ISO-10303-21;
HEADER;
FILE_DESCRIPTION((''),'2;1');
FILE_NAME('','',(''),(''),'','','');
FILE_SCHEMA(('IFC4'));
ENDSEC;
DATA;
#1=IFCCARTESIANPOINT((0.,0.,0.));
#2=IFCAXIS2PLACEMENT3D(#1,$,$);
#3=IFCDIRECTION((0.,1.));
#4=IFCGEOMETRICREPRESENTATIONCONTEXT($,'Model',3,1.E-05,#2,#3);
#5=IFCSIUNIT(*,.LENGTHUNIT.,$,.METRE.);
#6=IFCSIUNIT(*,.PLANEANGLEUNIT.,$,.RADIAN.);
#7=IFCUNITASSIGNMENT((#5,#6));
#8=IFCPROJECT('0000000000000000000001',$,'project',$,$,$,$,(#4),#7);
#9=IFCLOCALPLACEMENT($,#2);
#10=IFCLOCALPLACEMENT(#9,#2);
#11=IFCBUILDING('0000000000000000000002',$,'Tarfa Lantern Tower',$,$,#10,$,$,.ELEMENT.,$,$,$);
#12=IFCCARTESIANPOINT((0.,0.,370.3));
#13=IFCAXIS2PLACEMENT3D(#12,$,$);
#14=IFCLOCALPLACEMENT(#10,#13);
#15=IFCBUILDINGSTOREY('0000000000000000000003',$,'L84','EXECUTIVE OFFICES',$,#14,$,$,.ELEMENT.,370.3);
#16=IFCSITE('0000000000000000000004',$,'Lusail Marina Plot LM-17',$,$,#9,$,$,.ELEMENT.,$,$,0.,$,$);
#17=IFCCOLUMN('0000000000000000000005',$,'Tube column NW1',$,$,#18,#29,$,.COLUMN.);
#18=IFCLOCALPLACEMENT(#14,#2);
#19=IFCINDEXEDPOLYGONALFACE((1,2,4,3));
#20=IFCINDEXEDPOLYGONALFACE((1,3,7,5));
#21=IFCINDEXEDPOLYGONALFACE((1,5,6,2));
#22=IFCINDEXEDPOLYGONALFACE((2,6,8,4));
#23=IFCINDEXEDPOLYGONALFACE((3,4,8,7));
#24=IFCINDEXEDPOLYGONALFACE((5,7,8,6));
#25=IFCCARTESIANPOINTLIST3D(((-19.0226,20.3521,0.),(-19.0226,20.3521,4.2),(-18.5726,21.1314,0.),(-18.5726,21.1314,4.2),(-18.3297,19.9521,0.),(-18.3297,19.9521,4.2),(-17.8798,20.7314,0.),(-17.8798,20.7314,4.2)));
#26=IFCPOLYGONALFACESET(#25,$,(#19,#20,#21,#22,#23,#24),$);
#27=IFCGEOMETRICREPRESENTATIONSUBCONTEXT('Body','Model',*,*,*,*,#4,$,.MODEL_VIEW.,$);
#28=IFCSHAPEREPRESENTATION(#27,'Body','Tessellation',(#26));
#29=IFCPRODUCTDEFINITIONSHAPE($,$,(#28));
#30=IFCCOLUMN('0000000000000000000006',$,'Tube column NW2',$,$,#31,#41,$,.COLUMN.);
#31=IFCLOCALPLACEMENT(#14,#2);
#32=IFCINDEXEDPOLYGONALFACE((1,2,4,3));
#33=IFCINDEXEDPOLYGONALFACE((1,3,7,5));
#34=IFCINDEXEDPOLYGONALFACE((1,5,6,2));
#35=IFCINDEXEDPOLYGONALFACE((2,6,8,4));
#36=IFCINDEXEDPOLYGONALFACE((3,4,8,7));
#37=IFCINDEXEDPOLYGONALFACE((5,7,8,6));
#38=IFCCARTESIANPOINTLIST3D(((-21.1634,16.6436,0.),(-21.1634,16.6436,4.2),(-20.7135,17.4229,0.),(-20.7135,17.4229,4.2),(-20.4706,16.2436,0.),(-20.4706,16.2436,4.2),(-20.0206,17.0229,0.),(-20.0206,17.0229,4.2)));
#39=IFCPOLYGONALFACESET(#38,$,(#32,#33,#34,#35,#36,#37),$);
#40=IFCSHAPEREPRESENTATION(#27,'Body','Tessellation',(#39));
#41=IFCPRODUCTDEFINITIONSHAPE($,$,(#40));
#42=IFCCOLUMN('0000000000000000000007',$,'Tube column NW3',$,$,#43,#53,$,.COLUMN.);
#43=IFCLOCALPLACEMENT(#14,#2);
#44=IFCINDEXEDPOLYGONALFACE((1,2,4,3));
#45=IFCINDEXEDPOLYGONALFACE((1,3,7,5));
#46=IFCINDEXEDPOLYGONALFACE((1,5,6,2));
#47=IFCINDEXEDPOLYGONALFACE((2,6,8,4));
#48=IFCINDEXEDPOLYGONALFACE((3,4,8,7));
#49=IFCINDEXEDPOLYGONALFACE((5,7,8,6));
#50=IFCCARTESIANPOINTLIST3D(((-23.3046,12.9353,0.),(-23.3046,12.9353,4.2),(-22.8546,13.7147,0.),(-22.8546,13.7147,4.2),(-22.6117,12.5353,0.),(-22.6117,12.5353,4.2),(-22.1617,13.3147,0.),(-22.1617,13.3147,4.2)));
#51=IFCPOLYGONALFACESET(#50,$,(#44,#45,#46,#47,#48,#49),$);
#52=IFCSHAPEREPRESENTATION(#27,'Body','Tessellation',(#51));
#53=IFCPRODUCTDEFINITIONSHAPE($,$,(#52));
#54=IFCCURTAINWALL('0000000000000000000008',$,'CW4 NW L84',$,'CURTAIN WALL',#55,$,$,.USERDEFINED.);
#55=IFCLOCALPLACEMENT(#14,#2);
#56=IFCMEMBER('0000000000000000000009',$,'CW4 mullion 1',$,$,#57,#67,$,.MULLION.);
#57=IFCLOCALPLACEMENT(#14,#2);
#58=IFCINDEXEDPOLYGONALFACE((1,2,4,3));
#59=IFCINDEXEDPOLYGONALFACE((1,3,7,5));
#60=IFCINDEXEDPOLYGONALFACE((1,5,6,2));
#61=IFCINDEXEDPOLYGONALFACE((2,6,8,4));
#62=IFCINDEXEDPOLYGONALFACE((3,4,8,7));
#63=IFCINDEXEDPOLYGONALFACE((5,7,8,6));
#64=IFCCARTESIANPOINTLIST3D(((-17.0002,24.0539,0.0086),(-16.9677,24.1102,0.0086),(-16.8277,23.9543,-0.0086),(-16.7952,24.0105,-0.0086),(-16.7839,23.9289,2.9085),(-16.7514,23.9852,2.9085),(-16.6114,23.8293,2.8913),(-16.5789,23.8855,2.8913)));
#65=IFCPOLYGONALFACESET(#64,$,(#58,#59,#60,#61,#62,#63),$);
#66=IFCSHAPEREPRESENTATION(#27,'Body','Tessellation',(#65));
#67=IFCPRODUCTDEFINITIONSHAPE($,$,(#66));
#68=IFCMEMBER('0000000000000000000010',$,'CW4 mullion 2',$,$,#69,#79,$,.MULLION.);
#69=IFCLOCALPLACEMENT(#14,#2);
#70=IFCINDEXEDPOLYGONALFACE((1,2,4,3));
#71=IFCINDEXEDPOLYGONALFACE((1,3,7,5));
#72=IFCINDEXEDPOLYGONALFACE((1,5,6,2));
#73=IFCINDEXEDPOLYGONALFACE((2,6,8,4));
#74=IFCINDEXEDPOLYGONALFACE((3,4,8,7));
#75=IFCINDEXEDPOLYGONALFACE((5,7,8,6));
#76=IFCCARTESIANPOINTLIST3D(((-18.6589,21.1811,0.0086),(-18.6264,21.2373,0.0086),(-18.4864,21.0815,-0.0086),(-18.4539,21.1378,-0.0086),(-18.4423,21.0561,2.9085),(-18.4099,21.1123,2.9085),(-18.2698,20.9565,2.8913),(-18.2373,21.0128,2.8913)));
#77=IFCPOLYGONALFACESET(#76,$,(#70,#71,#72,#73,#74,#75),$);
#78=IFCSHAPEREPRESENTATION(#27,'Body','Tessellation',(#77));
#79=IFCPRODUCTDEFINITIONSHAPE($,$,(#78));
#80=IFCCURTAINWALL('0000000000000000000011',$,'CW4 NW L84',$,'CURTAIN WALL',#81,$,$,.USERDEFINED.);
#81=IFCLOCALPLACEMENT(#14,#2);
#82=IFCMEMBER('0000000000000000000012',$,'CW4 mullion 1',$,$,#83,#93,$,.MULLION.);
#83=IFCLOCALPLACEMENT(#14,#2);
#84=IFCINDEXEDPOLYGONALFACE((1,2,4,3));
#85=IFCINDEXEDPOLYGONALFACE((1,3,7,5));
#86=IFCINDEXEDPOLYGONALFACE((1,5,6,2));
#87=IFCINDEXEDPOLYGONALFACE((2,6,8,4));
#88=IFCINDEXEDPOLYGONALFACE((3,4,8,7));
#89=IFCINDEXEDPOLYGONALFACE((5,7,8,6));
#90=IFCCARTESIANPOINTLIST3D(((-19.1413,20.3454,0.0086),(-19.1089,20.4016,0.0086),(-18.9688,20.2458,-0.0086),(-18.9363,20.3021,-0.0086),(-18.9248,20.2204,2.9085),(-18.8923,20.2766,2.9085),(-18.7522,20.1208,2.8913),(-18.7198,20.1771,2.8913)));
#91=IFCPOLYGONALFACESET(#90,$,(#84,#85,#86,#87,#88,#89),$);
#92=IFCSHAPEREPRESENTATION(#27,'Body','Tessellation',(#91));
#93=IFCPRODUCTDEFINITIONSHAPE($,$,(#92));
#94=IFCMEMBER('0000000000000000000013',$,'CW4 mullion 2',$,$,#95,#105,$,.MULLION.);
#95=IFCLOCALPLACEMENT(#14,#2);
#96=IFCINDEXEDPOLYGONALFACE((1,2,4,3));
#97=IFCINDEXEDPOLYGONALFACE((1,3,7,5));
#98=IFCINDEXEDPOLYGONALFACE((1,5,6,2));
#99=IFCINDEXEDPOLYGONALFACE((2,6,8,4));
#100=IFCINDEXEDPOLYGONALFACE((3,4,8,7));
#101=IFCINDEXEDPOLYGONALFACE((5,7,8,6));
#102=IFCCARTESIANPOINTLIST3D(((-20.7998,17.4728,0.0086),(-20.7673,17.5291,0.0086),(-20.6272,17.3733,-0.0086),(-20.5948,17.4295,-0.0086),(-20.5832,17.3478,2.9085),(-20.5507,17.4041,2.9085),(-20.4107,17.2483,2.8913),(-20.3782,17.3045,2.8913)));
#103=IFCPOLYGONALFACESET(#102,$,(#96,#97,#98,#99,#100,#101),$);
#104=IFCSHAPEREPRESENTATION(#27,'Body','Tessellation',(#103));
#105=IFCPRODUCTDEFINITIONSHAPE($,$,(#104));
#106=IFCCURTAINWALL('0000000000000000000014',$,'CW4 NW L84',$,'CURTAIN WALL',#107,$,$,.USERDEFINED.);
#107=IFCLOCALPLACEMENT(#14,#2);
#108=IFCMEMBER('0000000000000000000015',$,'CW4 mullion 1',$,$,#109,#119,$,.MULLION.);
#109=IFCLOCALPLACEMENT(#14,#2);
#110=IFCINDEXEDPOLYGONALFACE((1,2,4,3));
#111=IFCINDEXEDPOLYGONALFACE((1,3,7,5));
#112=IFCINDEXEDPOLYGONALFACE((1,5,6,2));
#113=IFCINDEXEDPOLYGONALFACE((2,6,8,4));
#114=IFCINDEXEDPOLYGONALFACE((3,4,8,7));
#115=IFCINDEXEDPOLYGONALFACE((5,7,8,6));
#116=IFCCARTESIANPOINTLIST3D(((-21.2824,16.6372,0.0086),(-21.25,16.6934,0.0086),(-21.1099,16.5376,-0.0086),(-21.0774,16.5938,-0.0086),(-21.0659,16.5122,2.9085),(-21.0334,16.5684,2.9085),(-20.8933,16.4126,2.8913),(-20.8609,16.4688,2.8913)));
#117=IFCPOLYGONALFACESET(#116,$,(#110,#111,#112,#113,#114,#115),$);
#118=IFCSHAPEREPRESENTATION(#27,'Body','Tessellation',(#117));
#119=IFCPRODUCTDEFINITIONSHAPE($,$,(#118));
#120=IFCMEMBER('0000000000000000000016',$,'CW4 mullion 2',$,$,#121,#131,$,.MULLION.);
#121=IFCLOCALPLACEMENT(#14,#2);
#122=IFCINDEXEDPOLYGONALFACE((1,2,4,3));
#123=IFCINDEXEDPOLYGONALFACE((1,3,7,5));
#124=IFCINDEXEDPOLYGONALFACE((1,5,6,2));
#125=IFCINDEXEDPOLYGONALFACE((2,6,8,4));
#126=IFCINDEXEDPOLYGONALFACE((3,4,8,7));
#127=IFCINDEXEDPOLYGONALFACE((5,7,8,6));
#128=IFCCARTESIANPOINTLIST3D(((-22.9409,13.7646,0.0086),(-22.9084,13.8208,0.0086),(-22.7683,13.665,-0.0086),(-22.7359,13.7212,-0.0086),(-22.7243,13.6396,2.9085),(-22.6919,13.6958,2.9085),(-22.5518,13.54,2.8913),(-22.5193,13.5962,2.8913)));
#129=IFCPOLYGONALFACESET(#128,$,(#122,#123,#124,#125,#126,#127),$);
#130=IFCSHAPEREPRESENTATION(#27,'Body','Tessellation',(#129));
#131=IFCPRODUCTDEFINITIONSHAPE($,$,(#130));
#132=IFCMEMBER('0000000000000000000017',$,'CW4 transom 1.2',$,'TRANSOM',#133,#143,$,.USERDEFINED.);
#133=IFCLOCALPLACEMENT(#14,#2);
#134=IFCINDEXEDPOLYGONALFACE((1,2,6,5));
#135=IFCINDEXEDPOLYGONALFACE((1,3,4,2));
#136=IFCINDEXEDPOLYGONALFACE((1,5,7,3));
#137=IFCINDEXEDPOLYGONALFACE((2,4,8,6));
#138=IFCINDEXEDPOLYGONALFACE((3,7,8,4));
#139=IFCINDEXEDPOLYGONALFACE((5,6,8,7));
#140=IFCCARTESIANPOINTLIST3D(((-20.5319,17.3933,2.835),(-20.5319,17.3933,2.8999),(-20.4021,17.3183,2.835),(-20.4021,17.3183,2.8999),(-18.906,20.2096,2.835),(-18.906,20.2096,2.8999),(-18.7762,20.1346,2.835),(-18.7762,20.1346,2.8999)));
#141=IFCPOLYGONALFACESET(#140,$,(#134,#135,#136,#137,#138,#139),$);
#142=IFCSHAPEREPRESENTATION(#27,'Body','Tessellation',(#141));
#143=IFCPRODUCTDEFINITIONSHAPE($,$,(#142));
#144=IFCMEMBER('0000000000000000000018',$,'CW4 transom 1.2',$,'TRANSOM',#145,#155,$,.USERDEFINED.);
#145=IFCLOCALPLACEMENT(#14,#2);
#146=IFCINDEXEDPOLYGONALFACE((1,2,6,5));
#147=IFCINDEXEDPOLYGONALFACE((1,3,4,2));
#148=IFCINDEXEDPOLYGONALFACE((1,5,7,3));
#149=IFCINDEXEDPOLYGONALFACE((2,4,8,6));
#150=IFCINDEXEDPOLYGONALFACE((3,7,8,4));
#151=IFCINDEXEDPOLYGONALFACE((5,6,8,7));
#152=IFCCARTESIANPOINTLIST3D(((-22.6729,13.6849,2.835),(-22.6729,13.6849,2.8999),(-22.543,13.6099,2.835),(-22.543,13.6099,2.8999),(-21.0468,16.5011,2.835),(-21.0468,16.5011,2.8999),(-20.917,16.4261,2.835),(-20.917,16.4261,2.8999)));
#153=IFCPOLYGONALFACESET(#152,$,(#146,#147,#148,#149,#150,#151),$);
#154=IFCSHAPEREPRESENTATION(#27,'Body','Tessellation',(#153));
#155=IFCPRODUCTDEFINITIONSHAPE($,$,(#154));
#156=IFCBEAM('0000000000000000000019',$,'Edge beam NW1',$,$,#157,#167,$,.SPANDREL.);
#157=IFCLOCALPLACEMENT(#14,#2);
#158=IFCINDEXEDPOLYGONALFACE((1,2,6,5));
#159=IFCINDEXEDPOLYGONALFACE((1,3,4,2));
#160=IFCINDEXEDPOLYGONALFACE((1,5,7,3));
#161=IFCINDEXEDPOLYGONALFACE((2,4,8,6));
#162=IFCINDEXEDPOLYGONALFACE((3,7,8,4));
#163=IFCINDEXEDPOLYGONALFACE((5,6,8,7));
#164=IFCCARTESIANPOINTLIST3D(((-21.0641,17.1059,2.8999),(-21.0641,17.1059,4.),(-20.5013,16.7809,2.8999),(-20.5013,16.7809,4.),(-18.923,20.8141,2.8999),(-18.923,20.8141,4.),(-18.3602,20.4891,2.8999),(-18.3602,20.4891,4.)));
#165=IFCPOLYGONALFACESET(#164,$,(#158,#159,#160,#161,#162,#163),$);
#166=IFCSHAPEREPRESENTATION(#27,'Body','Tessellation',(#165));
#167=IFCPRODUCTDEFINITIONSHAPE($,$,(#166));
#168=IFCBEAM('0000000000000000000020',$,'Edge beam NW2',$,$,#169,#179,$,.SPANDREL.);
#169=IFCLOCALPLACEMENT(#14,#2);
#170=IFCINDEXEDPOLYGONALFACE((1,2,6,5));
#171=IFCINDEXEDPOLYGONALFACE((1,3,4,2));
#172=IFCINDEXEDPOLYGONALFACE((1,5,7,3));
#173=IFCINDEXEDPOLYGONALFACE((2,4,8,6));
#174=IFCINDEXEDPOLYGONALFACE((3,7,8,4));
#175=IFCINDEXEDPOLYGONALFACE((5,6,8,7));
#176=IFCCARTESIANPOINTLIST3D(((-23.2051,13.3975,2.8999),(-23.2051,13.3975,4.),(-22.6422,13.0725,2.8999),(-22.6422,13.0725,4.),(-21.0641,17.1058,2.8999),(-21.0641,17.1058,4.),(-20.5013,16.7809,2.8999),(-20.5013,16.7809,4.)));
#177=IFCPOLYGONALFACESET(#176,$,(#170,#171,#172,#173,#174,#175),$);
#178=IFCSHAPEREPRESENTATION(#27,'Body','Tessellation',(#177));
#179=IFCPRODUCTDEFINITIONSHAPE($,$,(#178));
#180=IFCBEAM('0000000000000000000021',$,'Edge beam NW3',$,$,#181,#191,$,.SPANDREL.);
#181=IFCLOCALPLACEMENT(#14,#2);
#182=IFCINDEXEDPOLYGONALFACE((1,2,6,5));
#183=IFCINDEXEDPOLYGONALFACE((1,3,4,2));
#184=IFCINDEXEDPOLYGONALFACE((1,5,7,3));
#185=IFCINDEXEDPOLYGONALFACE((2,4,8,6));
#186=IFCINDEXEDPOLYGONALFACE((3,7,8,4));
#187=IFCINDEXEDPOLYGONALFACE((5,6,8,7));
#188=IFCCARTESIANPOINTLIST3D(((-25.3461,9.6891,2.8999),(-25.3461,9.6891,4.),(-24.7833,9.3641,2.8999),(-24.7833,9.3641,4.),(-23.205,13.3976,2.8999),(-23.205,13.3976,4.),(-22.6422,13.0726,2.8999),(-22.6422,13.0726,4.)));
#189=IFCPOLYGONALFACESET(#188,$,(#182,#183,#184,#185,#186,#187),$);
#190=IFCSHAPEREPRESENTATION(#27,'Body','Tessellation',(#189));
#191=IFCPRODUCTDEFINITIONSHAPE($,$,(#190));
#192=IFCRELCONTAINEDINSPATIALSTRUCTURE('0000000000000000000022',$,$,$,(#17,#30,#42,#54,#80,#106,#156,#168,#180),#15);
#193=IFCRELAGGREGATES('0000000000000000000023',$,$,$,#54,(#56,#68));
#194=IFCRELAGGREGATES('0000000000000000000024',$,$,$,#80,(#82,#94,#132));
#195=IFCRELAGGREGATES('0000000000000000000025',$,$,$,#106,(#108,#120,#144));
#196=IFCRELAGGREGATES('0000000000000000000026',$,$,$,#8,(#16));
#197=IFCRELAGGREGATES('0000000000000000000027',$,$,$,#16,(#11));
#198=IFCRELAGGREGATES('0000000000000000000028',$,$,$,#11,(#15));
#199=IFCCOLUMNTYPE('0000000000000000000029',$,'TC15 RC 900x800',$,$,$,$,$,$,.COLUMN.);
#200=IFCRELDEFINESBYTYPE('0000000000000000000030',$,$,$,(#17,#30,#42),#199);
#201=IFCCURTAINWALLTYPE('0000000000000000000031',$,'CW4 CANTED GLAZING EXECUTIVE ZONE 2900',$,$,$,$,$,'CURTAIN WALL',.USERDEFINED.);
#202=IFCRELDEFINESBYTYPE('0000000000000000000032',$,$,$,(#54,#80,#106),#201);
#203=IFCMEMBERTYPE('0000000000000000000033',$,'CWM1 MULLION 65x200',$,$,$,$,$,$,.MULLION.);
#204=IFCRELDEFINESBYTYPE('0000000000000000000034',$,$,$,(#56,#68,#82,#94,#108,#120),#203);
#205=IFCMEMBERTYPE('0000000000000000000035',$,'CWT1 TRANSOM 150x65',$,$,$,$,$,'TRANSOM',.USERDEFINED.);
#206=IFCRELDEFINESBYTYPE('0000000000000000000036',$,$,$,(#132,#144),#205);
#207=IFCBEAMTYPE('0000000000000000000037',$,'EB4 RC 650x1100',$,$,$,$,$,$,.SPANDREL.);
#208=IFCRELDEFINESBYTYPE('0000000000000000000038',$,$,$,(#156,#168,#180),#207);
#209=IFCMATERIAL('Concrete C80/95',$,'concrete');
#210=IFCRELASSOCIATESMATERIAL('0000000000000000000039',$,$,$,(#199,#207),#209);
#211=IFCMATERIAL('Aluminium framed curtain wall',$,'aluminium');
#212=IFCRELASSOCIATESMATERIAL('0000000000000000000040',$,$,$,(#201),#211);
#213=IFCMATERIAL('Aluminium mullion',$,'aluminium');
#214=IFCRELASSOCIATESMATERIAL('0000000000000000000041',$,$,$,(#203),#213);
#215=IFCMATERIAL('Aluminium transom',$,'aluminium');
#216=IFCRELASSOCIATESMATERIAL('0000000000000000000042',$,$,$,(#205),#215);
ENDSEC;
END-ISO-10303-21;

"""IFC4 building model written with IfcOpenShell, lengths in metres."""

from ifc_helpers import new_model, si_unit, direction, frame, origin, origin_2d, place, context, subcontext, project, spatial, rectangle, extrude, material, material_profile, profile_set, type_object, element, aggregate, save


model = new_model("IFC4")

# Units and contexts
model_context = context("Model", 3, precision=1e-05, world=origin(), true_north=direction((0.0, 1.0)))
body_context = subcontext(model_context, "Body", "Model", "MODEL_VIEW")
ifc_project = project(units=[si_unit("LENGTHUNIT", "METRE"), si_unit("PLANEANGLEUNIT", "RADIAN")], contexts=[model_context])

# Site, building, storey
site_placement = place(None, origin())
site = spatial("IfcSite", under=ifc_project, at=site_placement, Name="Lusail Marina Plot LM-17", CompositionType="ELEMENT", RefElevation=0.0)
building_placement = place(site_placement, origin())
building = spatial("IfcBuilding", under=site, at=building_placement, Name="Tarfa Lantern Tower", CompositionType="ELEMENT")
storey_placement = place(building_placement, frame((0.0, 0.0, 370.3)))
storey = spatial("IfcBuildingStorey", under=building, at=storey_placement, Name="L84", Description="EXECUTIVE OFFICES", CompositionType="ELEMENT", Elevation=370.3)

# Columns
ifc_material_1 = material(Name="Concrete C80/95", Category="concrete")
ifc_material_profile_1 = material_profile(ifc_material_1, rectangle(XDim=0.8999, YDim=0.8, at=origin_2d()), Name="RC 900x800")
ifc_profile_set_1 = profile_set([ifc_material_profile_1], Name="Concrete C80/95")
column_type = type_object("IfcColumnType", Name="TC15 RC 900x800", PredefinedType="COLUMN", material=ifc_profile_set_1)
for number, where, z_axis, x_axis, name in (
    (1, (-18.4512, 20.5417, 0.0), (0.0, 0.0, 1.0), (-0.5, -0.866025, 0.0), "Tube column NW1"),
    (2, (-20.592, 16.8333, 0.0), (0.0, 0.0, 1.0), (-0.5, -0.866025, 0.0), "Tube column NW2"),
    (3, (-22.7332, 13.125, 0.0), (0.0, 0.0, 1.0), (-0.5, -0.866025, 0.0), "Tube column NW3"),
):
    element("IfcColumn", number, at=place(storey_placement, frame(where, z_axis=z_axis, x_axis=x_axis)), inside=storey, type_object=column_type, Name=name, PredefinedType="COLUMN", context=body_context, shape_type="SweptSolid", body=[
        extrude(rectangle(XDim=0.8999, YDim=0.8, at=origin_2d()), origin(), (0.0, 0.0, 1.0), 4.2),
    ])

# Curtain walls, members
ifc_material_2 = material(Name="Aluminium framed curtain wall", Category="aluminium")
curtain_wall_type = type_object("IfcCurtainWallType", Name="CW4 CANTED GLAZING EXECUTIVE ZONE 2900", ElementType="CURTAIN WALL", PredefinedType="USERDEFINED", material=ifc_material_2)
curtain_wall_1_placement = place(storey_placement, origin())
curtain_wall_1 = element("IfcCurtainWall", 4, at=curtain_wall_1_placement, inside=storey, type_object=curtain_wall_type, Name="CW4 NW L84", ObjectType="CURTAIN WALL", PredefinedType="USERDEFINED")
ifc_material_3 = material(Name="Aluminium mullion", Category="aluminium")
ifc_material_profile_2 = material_profile(ifc_material_3, rectangle(XDim=0.0649, YDim=0.2, at=origin_2d()), Name="AL MULLION 65x200")
ifc_profile_set_2 = profile_set([ifc_material_profile_2], Name="Aluminium mullion")
member_type_1 = type_object("IfcMemberType", Name="CWM1 MULLION 65x200", PredefinedType="MULLION", material=ifc_profile_set_2)
member_1_placement = place(storey_placement, frame((-16.8977, 24.0322, 0.0), z_axis=(0.074316, -0.042946, 0.99631), x_axis=(0.500343, 0.865827, 0.0)))
member_1 = element("IfcMember", 5, at=member_1_placement, type_object=member_type_1, Name="CW4 mullion 1", PredefinedType="MULLION", context=body_context, shape_type="SweptSolid", body=[
    extrude(rectangle(XDim=0.0649, YDim=0.2, at=origin_2d()), origin(), (0.0, 0.0, 1.0), 2.9106),
])
member_2_placement = place(storey_placement, frame((-18.5564, 21.1594, 0.0), z_axis=(0.0744, -0.042946, 0.996303), x_axis=(0.49992, 0.866072, 0.0)))
member_2 = element("IfcMember", 6, at=member_2_placement, type_object=member_type_1, Name="CW4 mullion 2", PredefinedType="MULLION", context=body_context, shape_type="SweptSolid", body=[
    extrude(rectangle(XDim=0.0649, YDim=0.2, at=origin_2d()), origin(), (0.0, 0.0, 1.0), 2.9106),
])
curtain_wall_2_placement = place(storey_placement, origin())
curtain_wall_2 = element("IfcCurtainWall", 7, at=curtain_wall_2_placement, inside=storey, type_object=curtain_wall_type, Name="CW4 NW L84", ObjectType="CURTAIN WALL", PredefinedType="USERDEFINED")
member_3_placement = place(storey_placement, frame((-19.0388, 20.3237, 0.0), z_axis=(0.0744, -0.042946, 0.996303), x_axis=(0.49992, 0.866072, 0.0)))
member_3 = element("IfcMember", 8, at=member_3_placement, type_object=member_type_1, Name="CW4 mullion 1", PredefinedType="MULLION", context=body_context, shape_type="SweptSolid", body=[
    extrude(rectangle(XDim=0.0649, YDim=0.2, at=origin_2d()), origin(), (0.0, 0.0, 1.0), 2.9106),
])
member_4_placement = place(storey_placement, frame((-20.6973, 17.4512, 0.0), z_axis=(0.0744, -0.042946, 0.996303), x_axis=(0.49992, 0.866072, 0.0)))
member_4 = element("IfcMember", 9, at=member_4_placement, type_object=member_type_1, Name="CW4 mullion 2", PredefinedType="MULLION", context=body_context, shape_type="SweptSolid", body=[
    extrude(rectangle(XDim=0.0649, YDim=0.2, at=origin_2d()), origin(), (0.0, 0.0, 1.0), 2.9106),
])
curtain_wall_3_placement = place(storey_placement, origin())
curtain_wall_3 = element("IfcCurtainWall", 10, at=curtain_wall_3_placement, inside=storey, type_object=curtain_wall_type, Name="CW4 NW L84", ObjectType="CURTAIN WALL", PredefinedType="USERDEFINED")
member_5_placement = place(storey_placement, frame((-21.1799, 16.6155, 0.0), z_axis=(0.0744, -0.042946, 0.996303), x_axis=(0.49992, 0.866072, 0.0)))
member_5 = element("IfcMember", 11, at=member_5_placement, type_object=member_type_1, Name="CW4 mullion 1", PredefinedType="MULLION", context=body_context, shape_type="SweptSolid", body=[
    extrude(rectangle(XDim=0.0649, YDim=0.2, at=origin_2d()), origin(), (0.0, 0.0, 1.0), 2.9106),
])
member_6_placement = place(storey_placement, frame((-22.8384, 13.7429, 0.0), z_axis=(0.0744, -0.042946, 0.996303), x_axis=(0.49992, 0.866072, 0.0)))
member_6 = element("IfcMember", 12, at=member_6_placement, type_object=member_type_1, Name="CW4 mullion 2", PredefinedType="MULLION", context=body_context, shape_type="SweptSolid", body=[
    extrude(rectangle(XDim=0.0649, YDim=0.2, at=origin_2d()), origin(), (0.0, 0.0, 1.0), 2.9106),
])

# Members
ifc_material_4 = material(Name="Aluminium transom", Category="aluminium")
ifc_material_profile_3 = material_profile(ifc_material_4, rectangle(XDim=0.1499, YDim=0.0649, at=origin_2d()), Name="AL TRANSOM 150x65")
ifc_profile_set_3 = profile_set([ifc_material_profile_3], Name="Aluminium transom")
member_type_2 = type_object("IfcMemberType", Name="CWT1 TRANSOM 150x65", ElementType="TRANSOM", PredefinedType="USERDEFINED", material=ifc_profile_set_3)
member_7_placement = place(storey_placement, frame((-18.8411, 20.1721, 2.8674), z_axis=(-0.499982, -0.866036, 0.0), x_axis=(0.866036, -0.499982, 0.0)))
member_7 = element("IfcMember", 13, at=member_7_placement, type_object=member_type_2, Name="CW4 transom 1.2", ObjectType="TRANSOM", PredefinedType="USERDEFINED", context=body_context, shape_type="SweptSolid", body=[
    extrude(rectangle(XDim=0.1499, YDim=0.0649, at=origin_2d()), origin(), (0.0, 0.0, 1.0), 3.252),
])
member_8_placement = place(storey_placement, frame((-20.9819, 16.4636, 2.8674), z_axis=(-0.500015, -0.866017, 0.0), x_axis=(0.866017, -0.500015, 0.0)))
member_8 = element("IfcMember", 14, at=member_8_placement, type_object=member_type_2, Name="CW4 transom 1.2", ObjectType="TRANSOM", PredefinedType="USERDEFINED", context=body_context, shape_type="SweptSolid", body=[
    extrude(rectangle(XDim=0.1499, YDim=0.0649, at=origin_2d()), origin(), (0.0, 0.0, 1.0), 3.252),
])

# Beams
ifc_material_profile_4 = material_profile(ifc_material_1, rectangle(XDim=0.6499, YDim=1.1001, at=origin_2d()), Name="RC 650x1100")
ifc_profile_set_4 = profile_set([ifc_material_profile_4], Name="Concrete C80/95")
beam_type_1 = type_object("IfcBeamType", Name="EB4 RC 650x1100", PredefinedType="SPANDREL", material=ifc_profile_set_4)
for number, where, z_axis, x_axis, name in (
    (15, (-18.6416, 20.6516, 3.45), (-0.500027, -0.86601, 0.0), (0.86601, -0.500027, 0.0), "Edge beam NW1"),
    (16, (-20.7827, 16.9434, 3.45), (-0.499984, -0.866035, 0.0), (0.866035, -0.499984, 0.0), "Edge beam NW2"),
):
    element("IfcBeam", number, at=place(storey_placement, frame(where, z_axis=z_axis, x_axis=x_axis)), inside=storey, type_object=beam_type_1, Name=name, PredefinedType="SPANDREL", context=body_context, shape_type="SweptSolid", body=[
        extrude(rectangle(XDim=0.6499, YDim=1.1001, at=origin_2d()), origin(), (0.0, 0.0, 1.0), 4.282),
    ])
beam_1_placement = place(storey_placement, frame((-22.9236, 13.2351, 3.45), z_axis=(-0.500002, -0.866024, 0.0), x_axis=(0.866024, -0.500002, 0.0)))
element("IfcBeam", 17, at=beam_1_placement, inside=storey, type_object=beam_type_1, Name="Edge beam NW3", PredefinedType="SPANDREL", context=body_context, shape_type="SweptSolid", body=[
    extrude(rectangle(XDim=0.6499, YDim=1.1001, at=origin_2d()), origin(), (0.0, 0.0, 1.0), 4.2822),
])

aggregate(curtain_wall_1, [member_1, member_2])
aggregate(curtain_wall_2, [member_3, member_4, member_7])
aggregate(curtain_wall_3, [member_5, member_6, member_8])

save(model, "model.ifc")
